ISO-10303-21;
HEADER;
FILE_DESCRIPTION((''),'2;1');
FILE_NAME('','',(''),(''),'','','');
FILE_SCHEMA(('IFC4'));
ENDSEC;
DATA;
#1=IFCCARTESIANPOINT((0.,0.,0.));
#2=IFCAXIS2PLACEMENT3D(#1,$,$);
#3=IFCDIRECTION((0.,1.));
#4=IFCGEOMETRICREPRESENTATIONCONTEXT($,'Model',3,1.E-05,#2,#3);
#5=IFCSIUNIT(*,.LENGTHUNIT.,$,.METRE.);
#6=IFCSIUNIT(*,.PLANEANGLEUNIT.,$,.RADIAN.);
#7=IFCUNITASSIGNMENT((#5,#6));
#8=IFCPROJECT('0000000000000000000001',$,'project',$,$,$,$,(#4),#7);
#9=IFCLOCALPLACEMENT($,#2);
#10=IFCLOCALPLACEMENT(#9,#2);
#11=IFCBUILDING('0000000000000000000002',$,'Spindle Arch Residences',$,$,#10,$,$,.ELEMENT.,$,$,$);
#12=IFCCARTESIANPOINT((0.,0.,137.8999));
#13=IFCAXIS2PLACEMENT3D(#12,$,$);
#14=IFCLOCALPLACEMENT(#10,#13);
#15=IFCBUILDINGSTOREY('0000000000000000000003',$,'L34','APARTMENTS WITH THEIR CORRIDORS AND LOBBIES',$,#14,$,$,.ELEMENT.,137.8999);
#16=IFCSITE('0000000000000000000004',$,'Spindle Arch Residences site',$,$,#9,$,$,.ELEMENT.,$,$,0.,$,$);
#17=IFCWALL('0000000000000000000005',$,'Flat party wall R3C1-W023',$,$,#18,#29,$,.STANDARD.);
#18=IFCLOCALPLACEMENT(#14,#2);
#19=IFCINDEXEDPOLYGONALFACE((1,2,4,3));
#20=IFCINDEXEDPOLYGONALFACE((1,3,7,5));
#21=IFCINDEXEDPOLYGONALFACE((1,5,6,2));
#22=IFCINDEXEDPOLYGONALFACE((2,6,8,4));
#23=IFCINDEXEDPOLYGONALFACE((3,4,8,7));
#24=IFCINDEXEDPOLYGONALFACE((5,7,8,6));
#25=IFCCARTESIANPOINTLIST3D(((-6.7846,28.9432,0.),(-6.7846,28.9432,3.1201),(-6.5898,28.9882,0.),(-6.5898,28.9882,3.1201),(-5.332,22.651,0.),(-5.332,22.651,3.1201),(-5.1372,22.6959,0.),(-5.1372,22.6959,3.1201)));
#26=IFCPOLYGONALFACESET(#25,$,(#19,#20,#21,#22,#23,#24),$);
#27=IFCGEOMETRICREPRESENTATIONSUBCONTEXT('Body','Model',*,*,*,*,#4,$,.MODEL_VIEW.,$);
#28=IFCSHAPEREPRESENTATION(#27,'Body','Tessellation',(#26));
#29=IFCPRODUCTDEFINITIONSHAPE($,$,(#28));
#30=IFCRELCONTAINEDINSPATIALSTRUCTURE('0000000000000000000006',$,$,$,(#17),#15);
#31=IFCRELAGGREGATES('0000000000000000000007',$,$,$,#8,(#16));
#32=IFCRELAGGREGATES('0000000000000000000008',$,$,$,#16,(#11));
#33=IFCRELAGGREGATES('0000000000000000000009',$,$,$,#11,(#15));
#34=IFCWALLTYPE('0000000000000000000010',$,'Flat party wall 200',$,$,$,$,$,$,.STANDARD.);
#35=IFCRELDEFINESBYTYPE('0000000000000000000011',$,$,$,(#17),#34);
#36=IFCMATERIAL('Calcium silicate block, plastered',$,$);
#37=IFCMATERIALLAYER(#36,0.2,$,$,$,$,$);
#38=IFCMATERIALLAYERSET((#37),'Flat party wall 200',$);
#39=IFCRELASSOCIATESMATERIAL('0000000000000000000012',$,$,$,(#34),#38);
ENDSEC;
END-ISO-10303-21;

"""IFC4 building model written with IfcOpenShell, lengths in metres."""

from ifc_helpers import new_model, si_unit, direction, frame, frame_2d, origin, place, context, subcontext, project, spatial, rectangle, extrude, material, layer, layer_set, type_object, element, save


model = new_model("IFC4")

# Units and contexts
model_context = context("Model", 3, precision=1e-05, world=origin(), true_north=direction((0.0, 1.0)))
body_context = subcontext(model_context, "Body", "Model", "MODEL_VIEW")
ifc_project = project(units=[si_unit("LENGTHUNIT", "METRE"), si_unit("PLANEANGLEUNIT", "RADIAN")], contexts=[model_context])

# Site, building, storey
site_placement = place(None, origin())
site = spatial("IfcSite", under=ifc_project, at=site_placement, Name="Spindle Arch Residences site", CompositionType="ELEMENT", RefElevation=0.0)
building_placement = place(site_placement, origin())
building = spatial("IfcBuilding", under=site, at=building_placement, Name="Spindle Arch Residences", CompositionType="ELEMENT")
storey_placement = place(building_placement, frame((0.0, 0.0, 137.8999)))
storey = spatial("IfcBuildingStorey", under=building, at=storey_placement, Name="L34", Description="APARTMENTS WITH THEIR CORRIDORS AND LOBBIES", CompositionType="ELEMENT", Elevation=137.8999)

# Wall
ifc_material_1 = material(Name="Calcium silicate block, plastered")
ifc_layer_1 = layer(ifc_material_1, 0.2)
ifc_layer_set_1 = layer_set([ifc_layer_1], Name="Flat party wall 200")
wall_type_1 = type_object("IfcWallType", Name="Flat party wall 200", PredefinedType="STANDARD", material=ifc_layer_set_1)
wall_1_placement = place(storey_placement, frame((-6.6873, 28.9658, 0.0), z_axis=(0.0, 0.0, 1.0), x_axis=(0.224945, -0.974371, 0.0)))
element("IfcWall", 1, at=wall_1_placement, inside=storey, type_object=wall_type_1, Name="Flat party wall R3C1-W023", PredefinedType="STANDARD", context=body_context, shape_type="SweptSolid", body=[
    extrude(rectangle(XDim=6.4578, YDim=0.2, at=frame_2d((3.229, 0.0))), origin(), (0.0, 0.0, 1.0), 3.1201),
])

save(model, "model.ifc")
